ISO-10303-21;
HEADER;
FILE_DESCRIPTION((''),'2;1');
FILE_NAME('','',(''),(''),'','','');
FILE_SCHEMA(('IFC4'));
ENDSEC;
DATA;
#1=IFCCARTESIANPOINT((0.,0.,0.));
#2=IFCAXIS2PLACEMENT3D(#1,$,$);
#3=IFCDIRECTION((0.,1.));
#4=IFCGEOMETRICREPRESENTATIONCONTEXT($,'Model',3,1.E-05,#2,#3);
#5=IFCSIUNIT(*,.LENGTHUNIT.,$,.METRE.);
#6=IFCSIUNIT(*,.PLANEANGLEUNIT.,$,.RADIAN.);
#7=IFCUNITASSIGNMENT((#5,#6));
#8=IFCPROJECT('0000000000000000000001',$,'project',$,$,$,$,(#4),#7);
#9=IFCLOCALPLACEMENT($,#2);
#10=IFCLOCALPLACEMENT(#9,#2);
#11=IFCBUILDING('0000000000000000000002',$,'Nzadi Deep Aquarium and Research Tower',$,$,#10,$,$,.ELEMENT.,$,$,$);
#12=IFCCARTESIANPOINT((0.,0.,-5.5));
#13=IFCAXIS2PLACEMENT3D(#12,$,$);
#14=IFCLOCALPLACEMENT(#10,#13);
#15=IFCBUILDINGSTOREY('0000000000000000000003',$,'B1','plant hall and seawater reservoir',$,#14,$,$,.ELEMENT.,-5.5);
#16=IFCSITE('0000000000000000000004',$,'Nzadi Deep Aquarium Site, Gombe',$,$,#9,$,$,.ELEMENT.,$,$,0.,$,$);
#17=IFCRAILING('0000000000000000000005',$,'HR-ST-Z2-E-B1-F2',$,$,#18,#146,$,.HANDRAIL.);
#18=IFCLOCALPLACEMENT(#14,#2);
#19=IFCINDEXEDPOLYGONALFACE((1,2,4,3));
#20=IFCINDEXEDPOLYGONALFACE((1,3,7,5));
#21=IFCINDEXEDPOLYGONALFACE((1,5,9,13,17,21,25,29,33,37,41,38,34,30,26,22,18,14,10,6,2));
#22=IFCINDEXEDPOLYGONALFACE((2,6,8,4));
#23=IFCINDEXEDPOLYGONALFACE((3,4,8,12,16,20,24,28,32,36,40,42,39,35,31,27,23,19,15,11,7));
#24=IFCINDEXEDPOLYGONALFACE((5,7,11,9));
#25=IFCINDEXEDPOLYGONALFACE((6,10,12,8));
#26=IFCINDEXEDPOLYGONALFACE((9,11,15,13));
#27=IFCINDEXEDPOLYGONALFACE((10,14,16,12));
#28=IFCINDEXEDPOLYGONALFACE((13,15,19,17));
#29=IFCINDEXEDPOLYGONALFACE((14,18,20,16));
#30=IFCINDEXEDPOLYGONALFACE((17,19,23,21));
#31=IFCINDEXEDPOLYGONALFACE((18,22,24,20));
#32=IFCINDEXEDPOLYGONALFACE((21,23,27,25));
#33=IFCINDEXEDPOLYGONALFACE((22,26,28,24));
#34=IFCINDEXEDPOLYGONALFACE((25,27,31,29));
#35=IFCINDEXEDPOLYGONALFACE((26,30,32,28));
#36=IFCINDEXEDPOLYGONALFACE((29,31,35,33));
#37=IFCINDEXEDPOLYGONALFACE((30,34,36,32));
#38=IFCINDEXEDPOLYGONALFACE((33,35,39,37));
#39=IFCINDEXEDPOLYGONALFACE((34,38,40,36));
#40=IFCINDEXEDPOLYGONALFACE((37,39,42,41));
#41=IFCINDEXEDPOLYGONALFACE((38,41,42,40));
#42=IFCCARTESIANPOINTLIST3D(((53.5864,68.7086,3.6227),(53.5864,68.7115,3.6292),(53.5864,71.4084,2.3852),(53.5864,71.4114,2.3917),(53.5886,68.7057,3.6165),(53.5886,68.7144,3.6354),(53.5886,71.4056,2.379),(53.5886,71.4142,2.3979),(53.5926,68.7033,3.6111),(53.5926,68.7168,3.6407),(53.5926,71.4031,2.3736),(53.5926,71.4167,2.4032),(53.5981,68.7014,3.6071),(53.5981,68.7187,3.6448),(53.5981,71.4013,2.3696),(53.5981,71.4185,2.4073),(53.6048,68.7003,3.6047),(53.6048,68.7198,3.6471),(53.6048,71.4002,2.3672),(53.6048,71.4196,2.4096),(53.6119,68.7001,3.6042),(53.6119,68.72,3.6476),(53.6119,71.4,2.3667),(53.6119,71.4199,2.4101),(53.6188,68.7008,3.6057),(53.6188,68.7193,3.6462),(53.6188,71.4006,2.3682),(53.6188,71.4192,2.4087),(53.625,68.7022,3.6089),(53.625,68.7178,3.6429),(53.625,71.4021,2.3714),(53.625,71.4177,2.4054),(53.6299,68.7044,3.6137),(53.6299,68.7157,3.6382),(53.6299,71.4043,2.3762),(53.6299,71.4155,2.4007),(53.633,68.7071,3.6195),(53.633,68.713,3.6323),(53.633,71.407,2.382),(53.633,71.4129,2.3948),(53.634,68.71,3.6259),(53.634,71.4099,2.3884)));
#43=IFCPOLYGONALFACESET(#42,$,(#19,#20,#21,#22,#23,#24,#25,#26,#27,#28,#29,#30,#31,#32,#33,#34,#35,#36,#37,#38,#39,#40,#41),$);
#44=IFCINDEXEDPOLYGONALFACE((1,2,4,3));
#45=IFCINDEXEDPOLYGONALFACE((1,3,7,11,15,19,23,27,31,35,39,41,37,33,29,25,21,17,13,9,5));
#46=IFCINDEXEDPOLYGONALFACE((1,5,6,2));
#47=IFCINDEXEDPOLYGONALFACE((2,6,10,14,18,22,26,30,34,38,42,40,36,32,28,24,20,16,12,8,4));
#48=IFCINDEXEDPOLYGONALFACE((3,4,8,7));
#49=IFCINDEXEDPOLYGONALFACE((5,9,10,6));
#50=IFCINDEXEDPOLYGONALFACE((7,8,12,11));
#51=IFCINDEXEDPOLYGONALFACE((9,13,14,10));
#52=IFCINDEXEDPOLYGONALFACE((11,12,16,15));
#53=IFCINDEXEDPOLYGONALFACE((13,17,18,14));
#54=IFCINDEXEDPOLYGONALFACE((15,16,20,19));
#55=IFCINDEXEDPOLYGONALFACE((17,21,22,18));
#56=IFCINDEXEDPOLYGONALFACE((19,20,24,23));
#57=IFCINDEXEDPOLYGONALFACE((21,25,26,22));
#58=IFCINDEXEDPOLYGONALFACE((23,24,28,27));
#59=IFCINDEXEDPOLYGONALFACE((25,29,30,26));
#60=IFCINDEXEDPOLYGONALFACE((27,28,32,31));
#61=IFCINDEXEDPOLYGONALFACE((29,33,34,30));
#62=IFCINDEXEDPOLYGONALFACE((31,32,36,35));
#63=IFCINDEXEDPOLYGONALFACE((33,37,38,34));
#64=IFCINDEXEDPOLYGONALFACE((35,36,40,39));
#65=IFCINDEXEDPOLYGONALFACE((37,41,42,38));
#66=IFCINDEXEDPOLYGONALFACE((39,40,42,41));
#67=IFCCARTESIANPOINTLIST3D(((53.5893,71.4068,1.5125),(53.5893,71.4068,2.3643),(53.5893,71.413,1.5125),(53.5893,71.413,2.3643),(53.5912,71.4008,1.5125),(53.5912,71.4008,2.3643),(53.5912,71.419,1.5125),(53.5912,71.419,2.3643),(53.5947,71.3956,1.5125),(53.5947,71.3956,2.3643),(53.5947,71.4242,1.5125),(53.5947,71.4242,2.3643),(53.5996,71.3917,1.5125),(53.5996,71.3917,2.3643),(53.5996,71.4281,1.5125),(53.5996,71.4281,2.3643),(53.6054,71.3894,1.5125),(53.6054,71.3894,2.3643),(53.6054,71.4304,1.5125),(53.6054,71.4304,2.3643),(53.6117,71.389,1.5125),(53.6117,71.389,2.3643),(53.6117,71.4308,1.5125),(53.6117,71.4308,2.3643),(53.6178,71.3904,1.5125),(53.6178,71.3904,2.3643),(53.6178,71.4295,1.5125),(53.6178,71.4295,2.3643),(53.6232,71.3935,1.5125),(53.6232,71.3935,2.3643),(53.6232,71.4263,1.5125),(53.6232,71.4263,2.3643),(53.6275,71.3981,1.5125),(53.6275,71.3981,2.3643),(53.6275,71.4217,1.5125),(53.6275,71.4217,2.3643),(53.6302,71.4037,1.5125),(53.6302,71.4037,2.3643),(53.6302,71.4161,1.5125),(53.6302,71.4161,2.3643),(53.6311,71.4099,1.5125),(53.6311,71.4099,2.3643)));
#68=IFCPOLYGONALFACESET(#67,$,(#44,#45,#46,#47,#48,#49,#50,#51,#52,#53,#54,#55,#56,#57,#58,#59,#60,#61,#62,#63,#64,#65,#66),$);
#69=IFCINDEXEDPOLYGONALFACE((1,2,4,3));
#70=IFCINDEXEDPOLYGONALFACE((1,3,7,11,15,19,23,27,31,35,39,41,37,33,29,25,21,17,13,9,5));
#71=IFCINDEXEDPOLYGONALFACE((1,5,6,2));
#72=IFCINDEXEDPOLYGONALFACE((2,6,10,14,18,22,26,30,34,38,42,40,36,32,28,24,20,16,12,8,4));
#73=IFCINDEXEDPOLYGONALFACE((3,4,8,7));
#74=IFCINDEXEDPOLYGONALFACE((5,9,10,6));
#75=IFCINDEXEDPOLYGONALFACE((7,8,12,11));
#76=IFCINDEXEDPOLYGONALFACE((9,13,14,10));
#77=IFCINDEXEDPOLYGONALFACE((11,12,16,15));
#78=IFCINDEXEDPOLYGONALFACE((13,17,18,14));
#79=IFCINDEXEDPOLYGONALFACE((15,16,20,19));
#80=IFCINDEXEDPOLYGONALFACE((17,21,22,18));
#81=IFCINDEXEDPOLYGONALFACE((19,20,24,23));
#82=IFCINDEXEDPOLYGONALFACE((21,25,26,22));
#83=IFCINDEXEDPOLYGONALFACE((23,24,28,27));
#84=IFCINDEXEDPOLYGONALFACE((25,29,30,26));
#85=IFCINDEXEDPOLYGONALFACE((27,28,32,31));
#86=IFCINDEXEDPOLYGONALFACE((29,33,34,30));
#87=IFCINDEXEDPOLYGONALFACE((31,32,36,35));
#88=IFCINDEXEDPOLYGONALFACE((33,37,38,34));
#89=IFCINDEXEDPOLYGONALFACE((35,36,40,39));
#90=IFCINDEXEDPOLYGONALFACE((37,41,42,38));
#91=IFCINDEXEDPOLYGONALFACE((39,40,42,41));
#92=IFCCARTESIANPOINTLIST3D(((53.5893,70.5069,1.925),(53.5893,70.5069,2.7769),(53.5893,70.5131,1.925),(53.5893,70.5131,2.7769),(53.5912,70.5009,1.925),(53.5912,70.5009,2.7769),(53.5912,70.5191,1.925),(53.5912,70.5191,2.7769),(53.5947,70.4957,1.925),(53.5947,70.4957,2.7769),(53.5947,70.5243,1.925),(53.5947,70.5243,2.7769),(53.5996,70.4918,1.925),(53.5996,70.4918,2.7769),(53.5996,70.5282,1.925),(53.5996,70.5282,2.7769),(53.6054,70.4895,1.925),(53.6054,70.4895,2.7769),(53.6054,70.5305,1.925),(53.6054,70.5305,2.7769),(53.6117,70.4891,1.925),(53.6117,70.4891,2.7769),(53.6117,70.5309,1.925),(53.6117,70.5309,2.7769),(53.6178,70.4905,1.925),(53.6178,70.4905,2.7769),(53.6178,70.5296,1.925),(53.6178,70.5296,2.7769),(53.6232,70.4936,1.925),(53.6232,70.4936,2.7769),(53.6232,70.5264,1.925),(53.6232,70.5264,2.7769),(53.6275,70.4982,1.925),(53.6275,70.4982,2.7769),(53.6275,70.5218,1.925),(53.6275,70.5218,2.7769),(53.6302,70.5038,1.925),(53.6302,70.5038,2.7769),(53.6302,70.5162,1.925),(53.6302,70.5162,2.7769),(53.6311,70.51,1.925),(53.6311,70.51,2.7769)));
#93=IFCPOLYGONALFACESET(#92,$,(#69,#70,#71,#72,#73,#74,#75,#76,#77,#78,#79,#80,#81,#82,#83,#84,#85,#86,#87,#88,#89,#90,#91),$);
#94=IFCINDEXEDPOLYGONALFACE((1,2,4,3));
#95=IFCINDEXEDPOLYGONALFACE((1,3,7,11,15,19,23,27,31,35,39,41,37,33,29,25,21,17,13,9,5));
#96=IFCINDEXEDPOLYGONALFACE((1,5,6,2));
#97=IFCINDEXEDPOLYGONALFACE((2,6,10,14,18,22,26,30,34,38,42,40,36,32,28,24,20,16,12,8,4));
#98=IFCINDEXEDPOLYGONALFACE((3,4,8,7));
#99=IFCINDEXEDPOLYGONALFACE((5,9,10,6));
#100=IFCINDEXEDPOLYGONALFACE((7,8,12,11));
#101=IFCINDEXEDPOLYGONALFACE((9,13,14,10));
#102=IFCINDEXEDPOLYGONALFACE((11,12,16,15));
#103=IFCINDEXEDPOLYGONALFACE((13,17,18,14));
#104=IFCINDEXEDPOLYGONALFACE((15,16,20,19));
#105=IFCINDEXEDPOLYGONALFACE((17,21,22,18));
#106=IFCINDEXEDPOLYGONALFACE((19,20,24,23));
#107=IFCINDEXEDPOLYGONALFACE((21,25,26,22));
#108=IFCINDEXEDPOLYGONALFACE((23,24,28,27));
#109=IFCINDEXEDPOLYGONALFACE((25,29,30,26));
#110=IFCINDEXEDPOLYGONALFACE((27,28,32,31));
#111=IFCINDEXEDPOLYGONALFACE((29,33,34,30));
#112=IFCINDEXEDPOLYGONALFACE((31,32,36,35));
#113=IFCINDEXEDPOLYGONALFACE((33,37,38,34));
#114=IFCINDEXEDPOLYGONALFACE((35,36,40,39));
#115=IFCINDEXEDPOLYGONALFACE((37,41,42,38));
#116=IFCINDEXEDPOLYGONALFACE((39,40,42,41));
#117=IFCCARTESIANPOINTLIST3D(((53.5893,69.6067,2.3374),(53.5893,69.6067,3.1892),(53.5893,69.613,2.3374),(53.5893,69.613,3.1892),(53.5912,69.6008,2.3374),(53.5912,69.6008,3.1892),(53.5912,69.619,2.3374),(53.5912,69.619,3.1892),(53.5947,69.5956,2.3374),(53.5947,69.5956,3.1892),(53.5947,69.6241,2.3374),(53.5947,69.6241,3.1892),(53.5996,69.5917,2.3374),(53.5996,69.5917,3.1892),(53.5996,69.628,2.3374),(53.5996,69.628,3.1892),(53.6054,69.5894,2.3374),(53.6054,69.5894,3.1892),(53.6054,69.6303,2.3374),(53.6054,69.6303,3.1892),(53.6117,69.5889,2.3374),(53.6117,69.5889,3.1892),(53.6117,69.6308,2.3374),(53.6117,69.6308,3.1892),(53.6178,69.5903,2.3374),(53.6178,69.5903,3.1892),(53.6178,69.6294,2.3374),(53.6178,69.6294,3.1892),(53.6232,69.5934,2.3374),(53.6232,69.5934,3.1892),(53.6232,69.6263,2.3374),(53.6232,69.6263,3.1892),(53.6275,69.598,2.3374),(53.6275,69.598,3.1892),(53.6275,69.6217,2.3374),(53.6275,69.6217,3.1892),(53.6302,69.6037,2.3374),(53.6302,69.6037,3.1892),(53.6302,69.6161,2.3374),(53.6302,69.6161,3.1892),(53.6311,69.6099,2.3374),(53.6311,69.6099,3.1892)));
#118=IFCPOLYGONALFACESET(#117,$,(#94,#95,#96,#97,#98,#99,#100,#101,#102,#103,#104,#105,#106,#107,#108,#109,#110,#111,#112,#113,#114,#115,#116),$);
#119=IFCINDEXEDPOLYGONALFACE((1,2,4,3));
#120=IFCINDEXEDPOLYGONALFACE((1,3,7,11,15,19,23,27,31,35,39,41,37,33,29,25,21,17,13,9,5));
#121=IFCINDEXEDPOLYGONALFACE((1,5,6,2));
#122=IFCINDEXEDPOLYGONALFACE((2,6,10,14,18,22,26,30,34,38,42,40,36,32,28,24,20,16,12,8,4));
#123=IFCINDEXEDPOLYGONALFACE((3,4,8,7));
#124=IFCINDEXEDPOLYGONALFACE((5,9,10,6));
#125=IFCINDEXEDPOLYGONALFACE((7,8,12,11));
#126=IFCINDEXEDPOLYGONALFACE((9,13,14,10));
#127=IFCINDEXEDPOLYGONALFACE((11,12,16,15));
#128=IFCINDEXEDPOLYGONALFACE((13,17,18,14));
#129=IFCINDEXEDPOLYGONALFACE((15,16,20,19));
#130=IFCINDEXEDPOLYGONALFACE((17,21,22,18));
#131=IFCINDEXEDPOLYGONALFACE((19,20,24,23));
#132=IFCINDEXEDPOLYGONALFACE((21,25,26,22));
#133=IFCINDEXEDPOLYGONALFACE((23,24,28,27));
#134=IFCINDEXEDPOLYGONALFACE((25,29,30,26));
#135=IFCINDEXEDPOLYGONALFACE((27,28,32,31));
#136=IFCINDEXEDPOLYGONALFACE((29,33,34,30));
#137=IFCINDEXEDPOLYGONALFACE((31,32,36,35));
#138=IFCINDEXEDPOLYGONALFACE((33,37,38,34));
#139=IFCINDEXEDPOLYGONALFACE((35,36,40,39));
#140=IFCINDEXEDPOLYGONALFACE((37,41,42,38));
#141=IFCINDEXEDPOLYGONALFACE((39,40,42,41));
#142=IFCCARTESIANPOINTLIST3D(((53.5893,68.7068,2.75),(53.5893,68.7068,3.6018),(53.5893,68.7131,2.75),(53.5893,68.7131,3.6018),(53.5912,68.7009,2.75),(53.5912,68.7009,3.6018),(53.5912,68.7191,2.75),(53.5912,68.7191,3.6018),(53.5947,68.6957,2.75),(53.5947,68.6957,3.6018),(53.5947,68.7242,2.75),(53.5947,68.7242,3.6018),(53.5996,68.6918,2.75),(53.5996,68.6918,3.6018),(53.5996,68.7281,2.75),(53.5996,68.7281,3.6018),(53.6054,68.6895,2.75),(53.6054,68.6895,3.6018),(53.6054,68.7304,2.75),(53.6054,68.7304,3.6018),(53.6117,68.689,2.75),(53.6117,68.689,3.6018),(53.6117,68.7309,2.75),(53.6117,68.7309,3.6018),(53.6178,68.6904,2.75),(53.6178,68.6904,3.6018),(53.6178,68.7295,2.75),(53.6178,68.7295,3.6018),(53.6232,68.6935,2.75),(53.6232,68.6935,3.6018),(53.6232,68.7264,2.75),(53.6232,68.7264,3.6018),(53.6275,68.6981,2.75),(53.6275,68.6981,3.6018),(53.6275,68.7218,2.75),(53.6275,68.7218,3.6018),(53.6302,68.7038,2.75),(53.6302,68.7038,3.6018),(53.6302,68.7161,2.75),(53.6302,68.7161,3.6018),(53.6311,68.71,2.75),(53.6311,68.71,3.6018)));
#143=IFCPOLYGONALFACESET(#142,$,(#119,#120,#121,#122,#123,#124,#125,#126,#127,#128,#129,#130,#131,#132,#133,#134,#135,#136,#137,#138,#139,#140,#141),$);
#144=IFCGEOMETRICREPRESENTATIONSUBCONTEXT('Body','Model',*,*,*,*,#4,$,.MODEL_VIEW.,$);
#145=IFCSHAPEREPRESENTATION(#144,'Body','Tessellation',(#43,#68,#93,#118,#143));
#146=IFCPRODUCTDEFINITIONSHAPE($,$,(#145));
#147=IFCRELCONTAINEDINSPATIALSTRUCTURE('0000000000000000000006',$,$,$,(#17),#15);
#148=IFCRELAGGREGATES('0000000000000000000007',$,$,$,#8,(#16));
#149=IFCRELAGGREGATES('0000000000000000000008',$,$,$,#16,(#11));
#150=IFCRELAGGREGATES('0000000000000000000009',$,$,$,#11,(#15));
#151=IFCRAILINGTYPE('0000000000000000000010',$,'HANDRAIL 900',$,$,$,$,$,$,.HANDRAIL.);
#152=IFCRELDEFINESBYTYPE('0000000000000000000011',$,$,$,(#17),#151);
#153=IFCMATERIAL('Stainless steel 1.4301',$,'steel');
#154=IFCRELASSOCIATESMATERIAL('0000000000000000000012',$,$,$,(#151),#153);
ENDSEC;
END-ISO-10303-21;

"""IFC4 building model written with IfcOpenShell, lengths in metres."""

from ifc_helpers import new_model, si_unit, direction, frame, origin, origin_2d, place, context, subcontext, project, spatial, circle, extrude, material, type_object, element, save


model = new_model("IFC4")

# Units and contexts
model_context = context("Model", 3, precision=1e-05, world=origin(), true_north=direction((0.0, 1.0)))
body_context = subcontext(model_context, "Body", "Model", "MODEL_VIEW")
ifc_project = project(units=[si_unit("LENGTHUNIT", "METRE"), si_unit("PLANEANGLEUNIT", "RADIAN")], contexts=[model_context])

# Site, building, storey
site_placement = place(None, origin())
site = spatial("IfcSite", under=ifc_project, at=site_placement, Name="Nzadi Deep Aquarium Site, Gombe", CompositionType="ELEMENT", RefElevation=0.0)
building_placement = place(site_placement, origin())
building = spatial("IfcBuilding", under=site, at=building_placement, Name="Nzadi Deep Aquarium and Research Tower", CompositionType="ELEMENT")
storey_placement = place(building_placement, frame((0.0, 0.0, -5.5)))
storey = spatial("IfcBuildingStorey", under=building, at=storey_placement, Name="B1", Description="plant hall and seawater reservoir", CompositionType="ELEMENT", Elevation=-5.5)

# Railing
ifc_material_1 = material(Name="Stainless steel 1.4301", Category="steel")
railing_type = type_object("IfcRailingType", Name="HANDRAIL 900", PredefinedType="HANDRAIL", material=ifc_material_1)
railing_placement = place(storey_placement, frame((53.6101, 71.4099, 1.5125)))
element("IfcRailing", 1, at=railing_placement, inside=storey, type_object=railing_type, Name="HR-ST-Z2-E-B1-F2", PredefinedType="HANDRAIL", context=body_context, shape_type="SweptSolid", body=[
    extrude(circle(Radius=0.0239, at=origin_2d()), frame((0.0, 0.0, 0.876), z_axis=(0.0, -0.909056, 0.416675), x_axis=(1.0, 0.0, 0.0)), (0.0, 0.0, 1.0), 2.97),
    extrude(circle(Radius=0.021, at=origin_2d()), origin(), (0.0, 0.0, 1.0), 0.8518),
    extrude(circle(Radius=0.021, at=origin_2d()), frame((0.0, -0.8999, 0.4126)), (0.0, 0.0, 1.0), 0.8518),
    extrude(circle(Radius=0.021, at=origin_2d()), frame((0.0, -1.8, 0.825)), (0.0, 0.0, 1.0), 0.8518),
    extrude(circle(Radius=0.021, at=origin_2d()), frame((0.0, -2.7, 1.2375)), (0.0, 0.0, 1.0), 0.8518),
])

save(model, "model.ifc")
